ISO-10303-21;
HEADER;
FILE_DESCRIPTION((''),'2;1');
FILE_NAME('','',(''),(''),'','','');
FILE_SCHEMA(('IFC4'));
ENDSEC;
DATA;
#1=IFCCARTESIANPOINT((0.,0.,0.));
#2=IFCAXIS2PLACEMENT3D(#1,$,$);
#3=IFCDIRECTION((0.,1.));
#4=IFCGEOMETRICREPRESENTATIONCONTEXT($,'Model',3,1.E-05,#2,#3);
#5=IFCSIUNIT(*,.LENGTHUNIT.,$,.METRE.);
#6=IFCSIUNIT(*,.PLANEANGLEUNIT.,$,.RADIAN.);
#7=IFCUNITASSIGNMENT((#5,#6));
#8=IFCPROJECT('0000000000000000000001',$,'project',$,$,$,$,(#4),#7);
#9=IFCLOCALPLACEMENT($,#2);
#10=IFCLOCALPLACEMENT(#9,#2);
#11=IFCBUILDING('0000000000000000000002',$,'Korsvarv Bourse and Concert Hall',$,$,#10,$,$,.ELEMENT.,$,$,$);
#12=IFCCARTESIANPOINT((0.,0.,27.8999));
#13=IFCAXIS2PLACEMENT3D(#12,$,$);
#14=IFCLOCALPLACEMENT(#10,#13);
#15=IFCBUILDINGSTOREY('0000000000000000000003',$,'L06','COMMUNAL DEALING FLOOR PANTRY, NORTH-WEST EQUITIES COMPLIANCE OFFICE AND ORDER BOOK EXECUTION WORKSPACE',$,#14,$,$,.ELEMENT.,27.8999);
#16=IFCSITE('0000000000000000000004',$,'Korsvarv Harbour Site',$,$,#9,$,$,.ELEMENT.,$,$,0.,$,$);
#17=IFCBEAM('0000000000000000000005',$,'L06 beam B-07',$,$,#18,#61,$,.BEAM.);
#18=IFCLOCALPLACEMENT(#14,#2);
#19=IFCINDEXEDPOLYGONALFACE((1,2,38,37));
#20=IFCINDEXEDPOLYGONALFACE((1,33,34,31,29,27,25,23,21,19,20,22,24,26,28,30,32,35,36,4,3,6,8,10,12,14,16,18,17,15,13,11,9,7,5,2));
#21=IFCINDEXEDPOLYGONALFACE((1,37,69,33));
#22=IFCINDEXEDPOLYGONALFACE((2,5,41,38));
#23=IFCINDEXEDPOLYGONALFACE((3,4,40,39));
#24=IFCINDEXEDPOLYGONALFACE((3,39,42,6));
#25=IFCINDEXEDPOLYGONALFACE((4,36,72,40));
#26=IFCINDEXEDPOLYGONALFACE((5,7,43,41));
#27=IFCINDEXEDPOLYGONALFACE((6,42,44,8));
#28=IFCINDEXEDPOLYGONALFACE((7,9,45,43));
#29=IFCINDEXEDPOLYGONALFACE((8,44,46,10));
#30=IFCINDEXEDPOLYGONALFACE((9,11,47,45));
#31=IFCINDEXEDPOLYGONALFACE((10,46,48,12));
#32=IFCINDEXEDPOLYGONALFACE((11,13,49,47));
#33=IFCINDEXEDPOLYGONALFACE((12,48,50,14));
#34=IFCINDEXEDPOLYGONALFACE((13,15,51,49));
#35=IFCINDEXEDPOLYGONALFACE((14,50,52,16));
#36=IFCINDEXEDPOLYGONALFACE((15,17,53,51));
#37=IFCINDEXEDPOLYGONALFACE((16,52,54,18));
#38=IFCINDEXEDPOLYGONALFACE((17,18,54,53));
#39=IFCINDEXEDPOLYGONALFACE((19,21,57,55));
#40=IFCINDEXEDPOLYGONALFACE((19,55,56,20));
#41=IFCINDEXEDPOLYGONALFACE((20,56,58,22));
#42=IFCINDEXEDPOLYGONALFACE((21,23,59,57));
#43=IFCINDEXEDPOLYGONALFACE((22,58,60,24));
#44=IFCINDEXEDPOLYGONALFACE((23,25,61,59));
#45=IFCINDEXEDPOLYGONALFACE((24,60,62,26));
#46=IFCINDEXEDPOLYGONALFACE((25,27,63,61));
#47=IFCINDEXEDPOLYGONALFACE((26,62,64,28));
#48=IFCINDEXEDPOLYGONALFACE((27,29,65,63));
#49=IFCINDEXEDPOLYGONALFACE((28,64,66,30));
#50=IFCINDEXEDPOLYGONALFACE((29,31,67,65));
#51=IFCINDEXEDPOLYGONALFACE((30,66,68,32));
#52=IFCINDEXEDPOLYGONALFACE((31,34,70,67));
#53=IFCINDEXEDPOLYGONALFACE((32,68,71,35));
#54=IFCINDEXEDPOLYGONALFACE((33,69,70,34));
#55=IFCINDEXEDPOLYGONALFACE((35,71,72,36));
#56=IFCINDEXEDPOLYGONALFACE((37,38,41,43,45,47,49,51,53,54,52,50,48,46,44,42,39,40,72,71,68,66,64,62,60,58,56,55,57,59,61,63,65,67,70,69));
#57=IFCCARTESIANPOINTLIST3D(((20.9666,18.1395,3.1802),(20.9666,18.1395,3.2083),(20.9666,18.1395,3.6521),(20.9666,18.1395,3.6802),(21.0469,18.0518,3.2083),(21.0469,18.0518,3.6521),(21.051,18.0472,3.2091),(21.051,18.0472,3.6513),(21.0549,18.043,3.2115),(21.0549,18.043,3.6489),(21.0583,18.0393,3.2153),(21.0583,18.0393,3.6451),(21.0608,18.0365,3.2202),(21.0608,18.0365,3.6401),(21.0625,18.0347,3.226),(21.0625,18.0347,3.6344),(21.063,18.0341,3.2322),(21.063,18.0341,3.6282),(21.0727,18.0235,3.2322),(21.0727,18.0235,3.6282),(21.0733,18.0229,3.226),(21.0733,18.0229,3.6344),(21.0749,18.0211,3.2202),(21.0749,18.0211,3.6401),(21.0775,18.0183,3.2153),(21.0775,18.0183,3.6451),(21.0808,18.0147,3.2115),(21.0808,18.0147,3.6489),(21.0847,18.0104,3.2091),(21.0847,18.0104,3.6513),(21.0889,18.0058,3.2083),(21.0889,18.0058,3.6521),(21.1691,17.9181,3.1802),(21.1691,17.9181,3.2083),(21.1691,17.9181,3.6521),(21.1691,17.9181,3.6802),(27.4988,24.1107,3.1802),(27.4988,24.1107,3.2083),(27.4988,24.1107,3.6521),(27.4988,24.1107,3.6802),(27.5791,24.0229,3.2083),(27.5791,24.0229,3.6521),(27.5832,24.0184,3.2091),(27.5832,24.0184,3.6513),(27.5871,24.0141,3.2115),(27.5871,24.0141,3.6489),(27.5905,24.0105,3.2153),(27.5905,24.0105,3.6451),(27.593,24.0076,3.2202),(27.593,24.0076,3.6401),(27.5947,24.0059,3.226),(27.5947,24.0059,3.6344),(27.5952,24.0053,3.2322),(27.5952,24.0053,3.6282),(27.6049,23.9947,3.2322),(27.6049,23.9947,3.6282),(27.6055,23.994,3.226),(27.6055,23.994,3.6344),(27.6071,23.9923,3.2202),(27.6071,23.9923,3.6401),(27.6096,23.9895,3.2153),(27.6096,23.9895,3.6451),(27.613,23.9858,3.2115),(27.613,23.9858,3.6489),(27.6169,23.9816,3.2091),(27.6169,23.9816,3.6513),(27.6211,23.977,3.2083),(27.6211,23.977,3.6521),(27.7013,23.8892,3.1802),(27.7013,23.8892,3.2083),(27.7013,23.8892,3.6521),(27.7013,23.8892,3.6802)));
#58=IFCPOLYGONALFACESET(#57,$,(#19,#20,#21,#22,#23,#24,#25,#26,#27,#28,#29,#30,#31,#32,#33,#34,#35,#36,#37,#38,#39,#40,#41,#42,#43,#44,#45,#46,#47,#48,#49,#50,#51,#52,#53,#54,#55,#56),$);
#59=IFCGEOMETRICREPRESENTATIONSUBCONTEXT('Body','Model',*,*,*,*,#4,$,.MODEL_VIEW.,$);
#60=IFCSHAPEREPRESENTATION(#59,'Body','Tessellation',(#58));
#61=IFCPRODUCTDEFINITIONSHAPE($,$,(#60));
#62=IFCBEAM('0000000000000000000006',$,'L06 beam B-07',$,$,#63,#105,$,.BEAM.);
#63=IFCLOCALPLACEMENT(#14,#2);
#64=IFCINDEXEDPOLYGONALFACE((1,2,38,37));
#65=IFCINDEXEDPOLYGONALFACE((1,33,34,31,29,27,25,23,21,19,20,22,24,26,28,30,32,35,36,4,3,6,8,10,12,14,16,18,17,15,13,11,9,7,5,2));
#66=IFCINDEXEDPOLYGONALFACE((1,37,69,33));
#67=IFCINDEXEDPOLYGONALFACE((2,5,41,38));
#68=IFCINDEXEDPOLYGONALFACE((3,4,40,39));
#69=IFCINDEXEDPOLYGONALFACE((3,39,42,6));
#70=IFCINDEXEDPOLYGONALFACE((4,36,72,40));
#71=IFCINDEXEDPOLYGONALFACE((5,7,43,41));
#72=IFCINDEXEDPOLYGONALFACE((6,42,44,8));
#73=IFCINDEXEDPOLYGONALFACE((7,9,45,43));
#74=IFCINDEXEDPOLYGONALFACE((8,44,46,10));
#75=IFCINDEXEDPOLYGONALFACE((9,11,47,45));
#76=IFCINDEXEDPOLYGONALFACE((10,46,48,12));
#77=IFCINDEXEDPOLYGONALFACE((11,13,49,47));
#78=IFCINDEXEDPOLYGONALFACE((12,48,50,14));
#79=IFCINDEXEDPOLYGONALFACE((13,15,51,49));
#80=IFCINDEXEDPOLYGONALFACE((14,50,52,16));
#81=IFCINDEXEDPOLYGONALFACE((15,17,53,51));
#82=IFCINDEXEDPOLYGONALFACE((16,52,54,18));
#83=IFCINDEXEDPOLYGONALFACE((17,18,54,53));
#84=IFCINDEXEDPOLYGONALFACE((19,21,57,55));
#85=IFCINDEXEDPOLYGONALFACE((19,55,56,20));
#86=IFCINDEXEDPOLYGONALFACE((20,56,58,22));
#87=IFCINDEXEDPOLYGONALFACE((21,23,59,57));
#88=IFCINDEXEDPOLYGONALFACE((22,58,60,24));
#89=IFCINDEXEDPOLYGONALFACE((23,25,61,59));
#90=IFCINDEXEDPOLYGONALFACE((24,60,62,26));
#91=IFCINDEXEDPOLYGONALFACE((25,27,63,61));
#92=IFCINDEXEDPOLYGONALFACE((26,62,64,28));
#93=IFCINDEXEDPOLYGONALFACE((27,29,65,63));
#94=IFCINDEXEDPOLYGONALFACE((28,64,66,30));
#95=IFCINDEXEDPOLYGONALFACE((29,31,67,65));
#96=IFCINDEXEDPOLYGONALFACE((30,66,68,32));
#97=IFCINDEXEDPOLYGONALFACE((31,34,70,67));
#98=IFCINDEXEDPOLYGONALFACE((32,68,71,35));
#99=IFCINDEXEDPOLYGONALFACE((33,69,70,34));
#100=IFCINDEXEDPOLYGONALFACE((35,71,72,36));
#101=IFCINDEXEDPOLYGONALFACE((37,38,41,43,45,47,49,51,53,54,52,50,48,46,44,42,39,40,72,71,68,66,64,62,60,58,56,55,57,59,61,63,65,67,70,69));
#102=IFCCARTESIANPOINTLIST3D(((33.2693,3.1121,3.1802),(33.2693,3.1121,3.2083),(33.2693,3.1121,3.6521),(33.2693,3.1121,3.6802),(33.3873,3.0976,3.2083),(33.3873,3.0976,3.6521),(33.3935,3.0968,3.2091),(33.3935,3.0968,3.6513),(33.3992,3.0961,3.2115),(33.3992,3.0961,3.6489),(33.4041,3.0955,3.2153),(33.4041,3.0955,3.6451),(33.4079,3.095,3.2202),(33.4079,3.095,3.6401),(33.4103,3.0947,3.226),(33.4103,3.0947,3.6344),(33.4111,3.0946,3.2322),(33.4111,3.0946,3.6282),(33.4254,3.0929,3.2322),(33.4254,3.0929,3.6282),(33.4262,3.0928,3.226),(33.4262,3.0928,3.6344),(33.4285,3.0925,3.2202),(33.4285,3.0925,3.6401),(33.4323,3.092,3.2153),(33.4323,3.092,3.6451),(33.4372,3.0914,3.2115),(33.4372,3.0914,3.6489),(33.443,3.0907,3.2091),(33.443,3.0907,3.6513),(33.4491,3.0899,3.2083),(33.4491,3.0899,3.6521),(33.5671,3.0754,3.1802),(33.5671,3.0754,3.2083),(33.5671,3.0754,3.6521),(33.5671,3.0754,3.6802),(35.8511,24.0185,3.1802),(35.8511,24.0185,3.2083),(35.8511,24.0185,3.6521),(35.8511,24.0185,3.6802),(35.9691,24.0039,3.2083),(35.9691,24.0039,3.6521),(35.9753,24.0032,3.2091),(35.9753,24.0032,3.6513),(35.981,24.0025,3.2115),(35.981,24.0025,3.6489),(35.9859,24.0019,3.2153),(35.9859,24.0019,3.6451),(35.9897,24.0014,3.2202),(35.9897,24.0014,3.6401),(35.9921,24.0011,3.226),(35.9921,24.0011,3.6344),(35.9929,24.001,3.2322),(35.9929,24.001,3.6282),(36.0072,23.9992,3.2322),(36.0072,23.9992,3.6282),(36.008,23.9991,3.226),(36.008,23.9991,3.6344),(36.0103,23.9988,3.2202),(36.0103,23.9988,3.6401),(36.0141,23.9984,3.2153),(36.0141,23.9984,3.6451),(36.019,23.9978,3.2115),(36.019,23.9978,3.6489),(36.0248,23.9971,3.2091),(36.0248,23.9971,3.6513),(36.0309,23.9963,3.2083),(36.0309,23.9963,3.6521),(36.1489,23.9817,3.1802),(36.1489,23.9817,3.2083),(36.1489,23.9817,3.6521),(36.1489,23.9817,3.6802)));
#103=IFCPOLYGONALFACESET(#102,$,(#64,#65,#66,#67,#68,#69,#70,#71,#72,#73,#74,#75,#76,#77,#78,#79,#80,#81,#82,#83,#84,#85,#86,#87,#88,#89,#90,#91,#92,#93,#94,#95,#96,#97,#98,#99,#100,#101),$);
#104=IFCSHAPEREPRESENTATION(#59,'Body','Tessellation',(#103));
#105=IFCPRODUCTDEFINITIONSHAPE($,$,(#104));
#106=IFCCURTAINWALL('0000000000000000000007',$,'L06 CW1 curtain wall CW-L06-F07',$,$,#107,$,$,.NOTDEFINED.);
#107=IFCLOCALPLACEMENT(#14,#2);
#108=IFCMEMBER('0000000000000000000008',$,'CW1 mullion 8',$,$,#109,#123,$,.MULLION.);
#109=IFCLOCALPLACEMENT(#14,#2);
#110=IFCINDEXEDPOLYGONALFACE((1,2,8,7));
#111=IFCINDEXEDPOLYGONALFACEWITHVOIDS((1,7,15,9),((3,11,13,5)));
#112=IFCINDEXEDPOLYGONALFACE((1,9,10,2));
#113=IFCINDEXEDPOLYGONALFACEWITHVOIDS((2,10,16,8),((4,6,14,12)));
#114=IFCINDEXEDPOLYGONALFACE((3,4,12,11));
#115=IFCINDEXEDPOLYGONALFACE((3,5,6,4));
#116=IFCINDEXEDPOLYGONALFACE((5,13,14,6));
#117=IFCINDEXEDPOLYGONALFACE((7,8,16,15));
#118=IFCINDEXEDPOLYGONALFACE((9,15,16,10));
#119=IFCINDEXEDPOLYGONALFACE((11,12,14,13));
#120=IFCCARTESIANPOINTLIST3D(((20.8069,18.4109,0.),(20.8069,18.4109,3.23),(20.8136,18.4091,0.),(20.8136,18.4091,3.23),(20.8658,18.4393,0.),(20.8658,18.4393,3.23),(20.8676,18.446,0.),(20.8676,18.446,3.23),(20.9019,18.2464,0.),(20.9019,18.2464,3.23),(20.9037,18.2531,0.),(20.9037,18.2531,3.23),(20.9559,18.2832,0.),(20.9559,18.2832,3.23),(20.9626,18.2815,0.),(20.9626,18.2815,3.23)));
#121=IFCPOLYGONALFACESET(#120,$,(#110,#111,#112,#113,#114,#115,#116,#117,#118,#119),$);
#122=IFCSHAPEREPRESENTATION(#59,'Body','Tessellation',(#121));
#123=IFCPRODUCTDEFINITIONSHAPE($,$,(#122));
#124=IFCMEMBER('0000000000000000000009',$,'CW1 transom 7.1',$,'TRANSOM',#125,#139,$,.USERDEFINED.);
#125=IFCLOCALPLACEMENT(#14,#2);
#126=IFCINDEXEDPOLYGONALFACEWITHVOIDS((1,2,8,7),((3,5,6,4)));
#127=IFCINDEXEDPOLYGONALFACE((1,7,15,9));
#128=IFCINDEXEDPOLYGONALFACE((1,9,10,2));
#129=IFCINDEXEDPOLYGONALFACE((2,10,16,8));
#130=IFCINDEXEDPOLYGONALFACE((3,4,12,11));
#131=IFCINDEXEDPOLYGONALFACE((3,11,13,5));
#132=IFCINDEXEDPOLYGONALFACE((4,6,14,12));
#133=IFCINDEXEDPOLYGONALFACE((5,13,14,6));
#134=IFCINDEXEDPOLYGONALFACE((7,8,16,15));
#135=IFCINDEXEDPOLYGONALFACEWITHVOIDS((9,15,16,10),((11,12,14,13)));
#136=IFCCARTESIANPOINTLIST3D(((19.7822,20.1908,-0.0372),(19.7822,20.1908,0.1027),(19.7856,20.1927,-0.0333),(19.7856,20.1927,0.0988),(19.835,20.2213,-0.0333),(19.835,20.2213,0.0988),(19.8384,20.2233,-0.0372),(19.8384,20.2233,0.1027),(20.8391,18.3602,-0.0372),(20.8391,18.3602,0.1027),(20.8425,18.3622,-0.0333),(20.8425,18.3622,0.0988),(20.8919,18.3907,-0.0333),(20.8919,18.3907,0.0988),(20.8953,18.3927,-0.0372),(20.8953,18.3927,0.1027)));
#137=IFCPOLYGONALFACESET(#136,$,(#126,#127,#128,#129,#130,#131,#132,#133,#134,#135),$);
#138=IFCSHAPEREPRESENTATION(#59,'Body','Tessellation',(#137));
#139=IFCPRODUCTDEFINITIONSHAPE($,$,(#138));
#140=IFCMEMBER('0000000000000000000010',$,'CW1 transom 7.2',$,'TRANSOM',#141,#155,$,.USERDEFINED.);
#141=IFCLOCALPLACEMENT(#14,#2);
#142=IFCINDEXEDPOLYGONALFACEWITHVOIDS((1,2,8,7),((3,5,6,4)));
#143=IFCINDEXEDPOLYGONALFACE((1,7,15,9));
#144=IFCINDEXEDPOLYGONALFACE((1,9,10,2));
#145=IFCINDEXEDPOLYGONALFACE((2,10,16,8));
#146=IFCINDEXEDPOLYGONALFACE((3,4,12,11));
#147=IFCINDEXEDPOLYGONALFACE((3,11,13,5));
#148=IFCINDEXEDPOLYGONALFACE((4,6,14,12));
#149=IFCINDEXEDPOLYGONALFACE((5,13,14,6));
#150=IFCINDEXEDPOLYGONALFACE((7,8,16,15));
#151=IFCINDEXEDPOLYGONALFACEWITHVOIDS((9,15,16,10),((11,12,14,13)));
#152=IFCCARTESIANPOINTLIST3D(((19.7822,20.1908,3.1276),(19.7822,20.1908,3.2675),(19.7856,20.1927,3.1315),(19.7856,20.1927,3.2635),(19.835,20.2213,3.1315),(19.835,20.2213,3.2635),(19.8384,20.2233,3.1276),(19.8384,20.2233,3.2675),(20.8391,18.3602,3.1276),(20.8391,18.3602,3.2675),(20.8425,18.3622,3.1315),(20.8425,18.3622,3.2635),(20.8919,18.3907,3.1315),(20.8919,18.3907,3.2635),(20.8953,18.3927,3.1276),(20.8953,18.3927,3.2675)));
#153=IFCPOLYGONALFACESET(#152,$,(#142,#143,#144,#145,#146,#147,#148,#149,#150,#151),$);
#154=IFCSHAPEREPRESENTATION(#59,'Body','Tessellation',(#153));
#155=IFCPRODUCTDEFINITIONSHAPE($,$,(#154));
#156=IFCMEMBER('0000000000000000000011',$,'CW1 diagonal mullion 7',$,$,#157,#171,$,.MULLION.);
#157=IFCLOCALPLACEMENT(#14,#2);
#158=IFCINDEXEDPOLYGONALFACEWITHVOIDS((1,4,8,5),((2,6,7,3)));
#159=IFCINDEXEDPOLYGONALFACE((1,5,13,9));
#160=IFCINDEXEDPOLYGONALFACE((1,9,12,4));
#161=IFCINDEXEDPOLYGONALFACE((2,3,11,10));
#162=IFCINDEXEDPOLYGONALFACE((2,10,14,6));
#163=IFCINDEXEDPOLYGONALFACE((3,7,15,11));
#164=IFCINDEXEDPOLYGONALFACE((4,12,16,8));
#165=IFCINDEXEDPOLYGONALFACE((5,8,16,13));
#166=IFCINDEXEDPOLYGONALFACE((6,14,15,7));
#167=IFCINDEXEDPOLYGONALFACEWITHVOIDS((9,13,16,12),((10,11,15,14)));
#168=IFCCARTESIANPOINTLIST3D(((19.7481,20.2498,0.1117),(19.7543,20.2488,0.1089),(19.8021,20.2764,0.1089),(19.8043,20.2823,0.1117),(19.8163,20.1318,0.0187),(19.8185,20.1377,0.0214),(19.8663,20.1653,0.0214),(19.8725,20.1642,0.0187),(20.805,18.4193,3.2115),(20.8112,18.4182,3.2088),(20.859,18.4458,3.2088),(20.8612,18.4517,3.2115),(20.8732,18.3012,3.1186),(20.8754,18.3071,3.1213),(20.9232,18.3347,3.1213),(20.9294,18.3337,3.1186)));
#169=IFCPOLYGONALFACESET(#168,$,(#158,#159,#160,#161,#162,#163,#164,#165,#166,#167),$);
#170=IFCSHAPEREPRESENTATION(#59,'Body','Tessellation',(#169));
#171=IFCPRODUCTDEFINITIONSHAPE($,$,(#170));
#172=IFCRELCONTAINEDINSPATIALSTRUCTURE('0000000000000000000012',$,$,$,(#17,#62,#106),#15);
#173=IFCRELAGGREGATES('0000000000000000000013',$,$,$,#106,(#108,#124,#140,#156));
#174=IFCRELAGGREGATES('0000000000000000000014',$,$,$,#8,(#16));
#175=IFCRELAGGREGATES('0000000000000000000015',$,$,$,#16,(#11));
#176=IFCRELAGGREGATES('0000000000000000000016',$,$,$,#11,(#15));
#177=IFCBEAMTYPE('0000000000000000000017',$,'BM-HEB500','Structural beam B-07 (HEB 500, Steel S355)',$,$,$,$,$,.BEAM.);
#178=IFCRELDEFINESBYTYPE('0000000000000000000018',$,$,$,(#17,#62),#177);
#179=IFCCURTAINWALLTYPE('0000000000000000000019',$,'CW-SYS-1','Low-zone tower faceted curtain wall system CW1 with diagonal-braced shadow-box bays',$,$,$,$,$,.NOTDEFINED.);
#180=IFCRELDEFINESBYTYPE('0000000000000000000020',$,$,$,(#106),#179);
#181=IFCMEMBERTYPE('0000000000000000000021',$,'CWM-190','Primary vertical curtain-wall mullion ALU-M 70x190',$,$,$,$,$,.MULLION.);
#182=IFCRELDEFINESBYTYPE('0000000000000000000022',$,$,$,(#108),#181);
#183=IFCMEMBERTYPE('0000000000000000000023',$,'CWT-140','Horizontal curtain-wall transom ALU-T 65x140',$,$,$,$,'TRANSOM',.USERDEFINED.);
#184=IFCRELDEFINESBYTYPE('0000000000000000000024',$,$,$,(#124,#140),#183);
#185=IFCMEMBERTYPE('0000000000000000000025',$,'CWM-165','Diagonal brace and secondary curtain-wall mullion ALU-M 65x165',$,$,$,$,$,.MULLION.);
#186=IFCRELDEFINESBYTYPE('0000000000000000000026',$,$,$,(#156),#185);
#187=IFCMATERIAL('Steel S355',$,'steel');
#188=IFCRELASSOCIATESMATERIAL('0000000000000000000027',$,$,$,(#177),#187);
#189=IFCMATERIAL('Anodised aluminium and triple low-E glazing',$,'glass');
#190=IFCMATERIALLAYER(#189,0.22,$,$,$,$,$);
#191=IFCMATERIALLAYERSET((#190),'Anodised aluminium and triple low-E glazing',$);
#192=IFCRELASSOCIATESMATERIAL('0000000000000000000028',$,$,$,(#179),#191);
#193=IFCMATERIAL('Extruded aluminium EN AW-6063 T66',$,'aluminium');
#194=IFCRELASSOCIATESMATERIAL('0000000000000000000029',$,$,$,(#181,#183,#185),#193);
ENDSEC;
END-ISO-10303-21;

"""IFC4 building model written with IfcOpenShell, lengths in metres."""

from ifc_helpers import new_model, si_unit, direction, frame, origin, origin_2d, place, context, subcontext, project, spatial, hollow_rectangle, i_section, extrude, source, transform, mapped, material, layer, layer_set, material_profile, profile_set, type_object, element, aggregate, save


model = new_model("IFC4")

# Units and contexts
model_context = context("Model", 3, precision=1e-05, world=origin(), true_north=direction((0.0, 1.0)))
body_context = subcontext(model_context, "Body", "Model", "MODEL_VIEW")
ifc_project = project(units=[si_unit("LENGTHUNIT", "METRE"), si_unit("PLANEANGLEUNIT", "RADIAN")], contexts=[model_context])

# Site, building, storey
site_placement = place(None, origin())
site = spatial("IfcSite", under=ifc_project, at=site_placement, Name="Korsvarv Harbour Site", CompositionType="ELEMENT", RefElevation=0.0)
building_placement = place(site_placement, origin())
building = spatial("IfcBuilding", under=site, at=building_placement, Name="Korsvarv Bourse and Concert Hall", CompositionType="ELEMENT")
storey_placement = place(building_placement, frame((0.0, 0.0, 27.8999)))
storey = spatial("IfcBuildingStorey", under=building, at=storey_placement, Name="L06", Description="COMMUNAL DEALING FLOOR PANTRY, NORTH-WEST EQUITIES COMPLIANCE OFFICE AND ORDER BOOK EXECUTION WORKSPACE", CompositionType="ELEMENT", Elevation=27.8999)

# Beams
ifc_material_1 = material(Name="Steel S355", Category="steel")
ifc_material_profile_1 = material_profile(ifc_material_1, i_section(OverallWidth=0.3, OverallDepth=0.5, WebThickness=0.0144, FlangeThickness=0.0281, FilletRadius=0.0239, at=origin_2d()), Name="HEB 500")
ifc_profile_set_1 = profile_set([ifc_material_profile_1], Name="Steel S355")
beam_type_1 = type_object("IfcBeamType", Name="BM-HEB500", Description="Structural beam B-07 (HEB 500, Steel S355)", PredefinedType="BEAM", material=ifc_profile_set_1)
shared_shape_1 = source(origin(), body_context, "Body", "SweptSolid", [
    extrude(i_section(OverallWidth=0.3, OverallDepth=0.5, WebThickness=0.0144, FlangeThickness=0.0281, FilletRadius=0.0239, at=origin_2d()), origin(), (0.0, 0.0, 1.0), 8.8501),
])
beam_1_placement = place(storey_placement, frame((21.0679, 18.0288, 3.4302), z_axis=(0.738092, 0.6747, 0.0), x_axis=(-0.6747, 0.738092, 0.0)))
element("IfcBeam", 1, at=beam_1_placement, inside=storey, type_object=beam_type_1, Name="L06 beam B-07", PredefinedType="BEAM", context=body_context, shape_type="MappedRepresentation", body=[
    mapped(shared_shape_1, transform((0.0, 0.0, 0.0), scale=1.0)),
])
shared_shape_2 = source(origin(), body_context, "Body", "SweptSolid", [
    extrude(i_section(OverallWidth=0.3, OverallDepth=0.5, WebThickness=0.0144, FlangeThickness=0.0281, FilletRadius=0.0239, at=origin_2d()), origin(), (0.0, 0.0, 1.0), 21.0652),
])
beam_2_placement = place(storey_placement, frame((33.4182, 3.0938, 3.4302), z_axis=(0.122563, 0.992461, 0.0), x_axis=(-0.992461, 0.122563, 0.0)))
element("IfcBeam", 2, at=beam_2_placement, inside=storey, type_object=beam_type_1, Name="L06 beam B-07", PredefinedType="BEAM", context=body_context, shape_type="MappedRepresentation", body=[
    mapped(shared_shape_2, transform((0.0, 0.0, 0.0), scale=1.0)),
])

# Curtain wall, members
ifc_material_2 = material(Name="Anodised aluminium and triple low-E glazing", Category="glass")
ifc_layer_1 = layer(ifc_material_2, 0.22)
ifc_layer_set_1 = layer_set([ifc_layer_1], Name="Anodised aluminium and triple low-E glazing")
curtain_wall_type = type_object("IfcCurtainWallType", Name="CW-SYS-1", Description="Low-zone tower faceted curtain wall system CW1 with diagonal-braced shadow-box bays", PredefinedType="NOTDEFINED", material=ifc_layer_set_1)
curtain_wall_placement = place(storey_placement, origin())
curtain_wall = element("IfcCurtainWall", 3, at=curtain_wall_placement, inside=storey, type_object=curtain_wall_type, Name="L06 CW1 curtain wall CW-L06-F07", PredefinedType="NOTDEFINED")
ifc_material_3 = material(Name="Extruded aluminium EN AW-6063 T66", Category="aluminium")
ifc_material_profile_2 = material_profile(ifc_material_3, hollow_rectangle(XDim=0.0701, YDim=0.1899, WallThickness=0.0049, at=origin_2d()), Name="ALU-M 70x190")
ifc_profile_set_2 = profile_set([ifc_material_profile_2], Name="Extruded aluminium EN AW-6063 T66")
member_type_1 = type_object("IfcMemberType", Name="CWM-190", Description="Primary vertical curtain-wall mullion ALU-M 70x190", PredefinedType="MULLION", material=ifc_profile_set_2)
shared_shape_3 = source(origin(), body_context, "Body", "SweptSolid", [
    extrude(hollow_rectangle(XDim=0.0701, YDim=0.1899, WallThickness=0.0049, at=origin_2d()), origin(), (0.0, 0.0, 1.0), 3.23),
])
member_1_placement = place(storey_placement, frame((20.8848, 18.3462, 0.0), z_axis=(0.0, 0.0, 1.0), x_axis=(0.866029, 0.499995, 0.0)))
member_1 = element("IfcMember", 4, at=member_1_placement, type_object=member_type_1, Name="CW1 mullion 8", PredefinedType="MULLION", context=body_context, shape_type="MappedRepresentation", body=[
    mapped(shared_shape_3, transform((0.0, 0.0, 0.0), scale=1.0)),
])
ifc_material_profile_3 = material_profile(ifc_material_3, hollow_rectangle(XDim=0.0649, YDim=0.1399, WallThickness=0.0039, at=origin_2d()), Name="ALU-T 65x140")
ifc_profile_set_3 = profile_set([ifc_material_profile_3], Name="Extruded aluminium EN AW-6063 T66")
member_type_2 = type_object("IfcMemberType", Name="CWT-140", Description="Horizontal curtain-wall transom ALU-T 65x140", ElementType="TRANSOM", PredefinedType="USERDEFINED", material=ifc_profile_set_3)
shared_shape_4 = source(origin(), body_context, "Body", "SweptSolid", [
    extrude(hollow_rectangle(XDim=0.0649, YDim=0.1399, WallThickness=0.0039, at=origin_2d()), origin(), (0.0, 0.0, 1.0), 2.1138),
])
member_2_placement = place(storey_placement, frame((19.8103, 20.207, 0.0327), z_axis=(0.500002, -0.866024, 0.0), x_axis=(0.866024, 0.500002, 0.0)))
member_2 = element("IfcMember", 5, at=member_2_placement, type_object=member_type_2, Name="CW1 transom 7.1", ObjectType="TRANSOM", PredefinedType="USERDEFINED", context=body_context, shape_type="MappedRepresentation", body=[
    mapped(shared_shape_4, transform((0.0, 0.0, 0.0), scale=1.0)),
])
member_3_placement = place(storey_placement, frame((19.8103, 20.207, 3.1975), z_axis=(0.500002, -0.866024, 0.0), x_axis=(0.866024, 0.500002, 0.0)))
member_3 = element("IfcMember", 6, at=member_3_placement, type_object=member_type_2, Name="CW1 transom 7.2", ObjectType="TRANSOM", PredefinedType="USERDEFINED", context=body_context, shape_type="MappedRepresentation", body=[
    mapped(shared_shape_4, transform((0.0, 0.0, 0.0), scale=1.0)),
])
ifc_material_profile_4 = material_profile(ifc_material_3, hollow_rectangle(XDim=0.0649, YDim=0.165, WallThickness=0.0049, at=origin_2d()), Name="ALU-M 65x165")
ifc_profile_set_4 = profile_set([ifc_material_profile_4], Name="Extruded aluminium EN AW-6063 T66")
member_type_3 = type_object("IfcMemberType", Name="CWM-165", Description="Diagonal brace and secondary curtain-wall mullion ALU-M 65x165", PredefinedType="MULLION", material=ifc_profile_set_4)
shared_shape_5 = source(origin(), body_context, "Body", "SweptSolid", [
    extrude(hollow_rectangle(XDim=0.0649, YDim=0.165, WallThickness=0.0049, at=origin_2d()), origin(), (0.0, 0.0, 1.0), 3.752),
])
member_4_placement = place(storey_placement, frame((19.8103, 20.207, 0.0652), z_axis=(0.28169, -0.487898, 0.8262), x_axis=(0.866024, 0.500002, 0.0)))
member_4 = element("IfcMember", 7, at=member_4_placement, type_object=member_type_3, Name="CW1 diagonal mullion 7", PredefinedType="MULLION", context=body_context, shape_type="MappedRepresentation", body=[
    mapped(shared_shape_5, transform((0.0, 0.0, 0.0), scale=1.0)),
])
aggregate(curtain_wall, [member_1, member_2, member_3, member_4])

save(model, "model.ifc")
